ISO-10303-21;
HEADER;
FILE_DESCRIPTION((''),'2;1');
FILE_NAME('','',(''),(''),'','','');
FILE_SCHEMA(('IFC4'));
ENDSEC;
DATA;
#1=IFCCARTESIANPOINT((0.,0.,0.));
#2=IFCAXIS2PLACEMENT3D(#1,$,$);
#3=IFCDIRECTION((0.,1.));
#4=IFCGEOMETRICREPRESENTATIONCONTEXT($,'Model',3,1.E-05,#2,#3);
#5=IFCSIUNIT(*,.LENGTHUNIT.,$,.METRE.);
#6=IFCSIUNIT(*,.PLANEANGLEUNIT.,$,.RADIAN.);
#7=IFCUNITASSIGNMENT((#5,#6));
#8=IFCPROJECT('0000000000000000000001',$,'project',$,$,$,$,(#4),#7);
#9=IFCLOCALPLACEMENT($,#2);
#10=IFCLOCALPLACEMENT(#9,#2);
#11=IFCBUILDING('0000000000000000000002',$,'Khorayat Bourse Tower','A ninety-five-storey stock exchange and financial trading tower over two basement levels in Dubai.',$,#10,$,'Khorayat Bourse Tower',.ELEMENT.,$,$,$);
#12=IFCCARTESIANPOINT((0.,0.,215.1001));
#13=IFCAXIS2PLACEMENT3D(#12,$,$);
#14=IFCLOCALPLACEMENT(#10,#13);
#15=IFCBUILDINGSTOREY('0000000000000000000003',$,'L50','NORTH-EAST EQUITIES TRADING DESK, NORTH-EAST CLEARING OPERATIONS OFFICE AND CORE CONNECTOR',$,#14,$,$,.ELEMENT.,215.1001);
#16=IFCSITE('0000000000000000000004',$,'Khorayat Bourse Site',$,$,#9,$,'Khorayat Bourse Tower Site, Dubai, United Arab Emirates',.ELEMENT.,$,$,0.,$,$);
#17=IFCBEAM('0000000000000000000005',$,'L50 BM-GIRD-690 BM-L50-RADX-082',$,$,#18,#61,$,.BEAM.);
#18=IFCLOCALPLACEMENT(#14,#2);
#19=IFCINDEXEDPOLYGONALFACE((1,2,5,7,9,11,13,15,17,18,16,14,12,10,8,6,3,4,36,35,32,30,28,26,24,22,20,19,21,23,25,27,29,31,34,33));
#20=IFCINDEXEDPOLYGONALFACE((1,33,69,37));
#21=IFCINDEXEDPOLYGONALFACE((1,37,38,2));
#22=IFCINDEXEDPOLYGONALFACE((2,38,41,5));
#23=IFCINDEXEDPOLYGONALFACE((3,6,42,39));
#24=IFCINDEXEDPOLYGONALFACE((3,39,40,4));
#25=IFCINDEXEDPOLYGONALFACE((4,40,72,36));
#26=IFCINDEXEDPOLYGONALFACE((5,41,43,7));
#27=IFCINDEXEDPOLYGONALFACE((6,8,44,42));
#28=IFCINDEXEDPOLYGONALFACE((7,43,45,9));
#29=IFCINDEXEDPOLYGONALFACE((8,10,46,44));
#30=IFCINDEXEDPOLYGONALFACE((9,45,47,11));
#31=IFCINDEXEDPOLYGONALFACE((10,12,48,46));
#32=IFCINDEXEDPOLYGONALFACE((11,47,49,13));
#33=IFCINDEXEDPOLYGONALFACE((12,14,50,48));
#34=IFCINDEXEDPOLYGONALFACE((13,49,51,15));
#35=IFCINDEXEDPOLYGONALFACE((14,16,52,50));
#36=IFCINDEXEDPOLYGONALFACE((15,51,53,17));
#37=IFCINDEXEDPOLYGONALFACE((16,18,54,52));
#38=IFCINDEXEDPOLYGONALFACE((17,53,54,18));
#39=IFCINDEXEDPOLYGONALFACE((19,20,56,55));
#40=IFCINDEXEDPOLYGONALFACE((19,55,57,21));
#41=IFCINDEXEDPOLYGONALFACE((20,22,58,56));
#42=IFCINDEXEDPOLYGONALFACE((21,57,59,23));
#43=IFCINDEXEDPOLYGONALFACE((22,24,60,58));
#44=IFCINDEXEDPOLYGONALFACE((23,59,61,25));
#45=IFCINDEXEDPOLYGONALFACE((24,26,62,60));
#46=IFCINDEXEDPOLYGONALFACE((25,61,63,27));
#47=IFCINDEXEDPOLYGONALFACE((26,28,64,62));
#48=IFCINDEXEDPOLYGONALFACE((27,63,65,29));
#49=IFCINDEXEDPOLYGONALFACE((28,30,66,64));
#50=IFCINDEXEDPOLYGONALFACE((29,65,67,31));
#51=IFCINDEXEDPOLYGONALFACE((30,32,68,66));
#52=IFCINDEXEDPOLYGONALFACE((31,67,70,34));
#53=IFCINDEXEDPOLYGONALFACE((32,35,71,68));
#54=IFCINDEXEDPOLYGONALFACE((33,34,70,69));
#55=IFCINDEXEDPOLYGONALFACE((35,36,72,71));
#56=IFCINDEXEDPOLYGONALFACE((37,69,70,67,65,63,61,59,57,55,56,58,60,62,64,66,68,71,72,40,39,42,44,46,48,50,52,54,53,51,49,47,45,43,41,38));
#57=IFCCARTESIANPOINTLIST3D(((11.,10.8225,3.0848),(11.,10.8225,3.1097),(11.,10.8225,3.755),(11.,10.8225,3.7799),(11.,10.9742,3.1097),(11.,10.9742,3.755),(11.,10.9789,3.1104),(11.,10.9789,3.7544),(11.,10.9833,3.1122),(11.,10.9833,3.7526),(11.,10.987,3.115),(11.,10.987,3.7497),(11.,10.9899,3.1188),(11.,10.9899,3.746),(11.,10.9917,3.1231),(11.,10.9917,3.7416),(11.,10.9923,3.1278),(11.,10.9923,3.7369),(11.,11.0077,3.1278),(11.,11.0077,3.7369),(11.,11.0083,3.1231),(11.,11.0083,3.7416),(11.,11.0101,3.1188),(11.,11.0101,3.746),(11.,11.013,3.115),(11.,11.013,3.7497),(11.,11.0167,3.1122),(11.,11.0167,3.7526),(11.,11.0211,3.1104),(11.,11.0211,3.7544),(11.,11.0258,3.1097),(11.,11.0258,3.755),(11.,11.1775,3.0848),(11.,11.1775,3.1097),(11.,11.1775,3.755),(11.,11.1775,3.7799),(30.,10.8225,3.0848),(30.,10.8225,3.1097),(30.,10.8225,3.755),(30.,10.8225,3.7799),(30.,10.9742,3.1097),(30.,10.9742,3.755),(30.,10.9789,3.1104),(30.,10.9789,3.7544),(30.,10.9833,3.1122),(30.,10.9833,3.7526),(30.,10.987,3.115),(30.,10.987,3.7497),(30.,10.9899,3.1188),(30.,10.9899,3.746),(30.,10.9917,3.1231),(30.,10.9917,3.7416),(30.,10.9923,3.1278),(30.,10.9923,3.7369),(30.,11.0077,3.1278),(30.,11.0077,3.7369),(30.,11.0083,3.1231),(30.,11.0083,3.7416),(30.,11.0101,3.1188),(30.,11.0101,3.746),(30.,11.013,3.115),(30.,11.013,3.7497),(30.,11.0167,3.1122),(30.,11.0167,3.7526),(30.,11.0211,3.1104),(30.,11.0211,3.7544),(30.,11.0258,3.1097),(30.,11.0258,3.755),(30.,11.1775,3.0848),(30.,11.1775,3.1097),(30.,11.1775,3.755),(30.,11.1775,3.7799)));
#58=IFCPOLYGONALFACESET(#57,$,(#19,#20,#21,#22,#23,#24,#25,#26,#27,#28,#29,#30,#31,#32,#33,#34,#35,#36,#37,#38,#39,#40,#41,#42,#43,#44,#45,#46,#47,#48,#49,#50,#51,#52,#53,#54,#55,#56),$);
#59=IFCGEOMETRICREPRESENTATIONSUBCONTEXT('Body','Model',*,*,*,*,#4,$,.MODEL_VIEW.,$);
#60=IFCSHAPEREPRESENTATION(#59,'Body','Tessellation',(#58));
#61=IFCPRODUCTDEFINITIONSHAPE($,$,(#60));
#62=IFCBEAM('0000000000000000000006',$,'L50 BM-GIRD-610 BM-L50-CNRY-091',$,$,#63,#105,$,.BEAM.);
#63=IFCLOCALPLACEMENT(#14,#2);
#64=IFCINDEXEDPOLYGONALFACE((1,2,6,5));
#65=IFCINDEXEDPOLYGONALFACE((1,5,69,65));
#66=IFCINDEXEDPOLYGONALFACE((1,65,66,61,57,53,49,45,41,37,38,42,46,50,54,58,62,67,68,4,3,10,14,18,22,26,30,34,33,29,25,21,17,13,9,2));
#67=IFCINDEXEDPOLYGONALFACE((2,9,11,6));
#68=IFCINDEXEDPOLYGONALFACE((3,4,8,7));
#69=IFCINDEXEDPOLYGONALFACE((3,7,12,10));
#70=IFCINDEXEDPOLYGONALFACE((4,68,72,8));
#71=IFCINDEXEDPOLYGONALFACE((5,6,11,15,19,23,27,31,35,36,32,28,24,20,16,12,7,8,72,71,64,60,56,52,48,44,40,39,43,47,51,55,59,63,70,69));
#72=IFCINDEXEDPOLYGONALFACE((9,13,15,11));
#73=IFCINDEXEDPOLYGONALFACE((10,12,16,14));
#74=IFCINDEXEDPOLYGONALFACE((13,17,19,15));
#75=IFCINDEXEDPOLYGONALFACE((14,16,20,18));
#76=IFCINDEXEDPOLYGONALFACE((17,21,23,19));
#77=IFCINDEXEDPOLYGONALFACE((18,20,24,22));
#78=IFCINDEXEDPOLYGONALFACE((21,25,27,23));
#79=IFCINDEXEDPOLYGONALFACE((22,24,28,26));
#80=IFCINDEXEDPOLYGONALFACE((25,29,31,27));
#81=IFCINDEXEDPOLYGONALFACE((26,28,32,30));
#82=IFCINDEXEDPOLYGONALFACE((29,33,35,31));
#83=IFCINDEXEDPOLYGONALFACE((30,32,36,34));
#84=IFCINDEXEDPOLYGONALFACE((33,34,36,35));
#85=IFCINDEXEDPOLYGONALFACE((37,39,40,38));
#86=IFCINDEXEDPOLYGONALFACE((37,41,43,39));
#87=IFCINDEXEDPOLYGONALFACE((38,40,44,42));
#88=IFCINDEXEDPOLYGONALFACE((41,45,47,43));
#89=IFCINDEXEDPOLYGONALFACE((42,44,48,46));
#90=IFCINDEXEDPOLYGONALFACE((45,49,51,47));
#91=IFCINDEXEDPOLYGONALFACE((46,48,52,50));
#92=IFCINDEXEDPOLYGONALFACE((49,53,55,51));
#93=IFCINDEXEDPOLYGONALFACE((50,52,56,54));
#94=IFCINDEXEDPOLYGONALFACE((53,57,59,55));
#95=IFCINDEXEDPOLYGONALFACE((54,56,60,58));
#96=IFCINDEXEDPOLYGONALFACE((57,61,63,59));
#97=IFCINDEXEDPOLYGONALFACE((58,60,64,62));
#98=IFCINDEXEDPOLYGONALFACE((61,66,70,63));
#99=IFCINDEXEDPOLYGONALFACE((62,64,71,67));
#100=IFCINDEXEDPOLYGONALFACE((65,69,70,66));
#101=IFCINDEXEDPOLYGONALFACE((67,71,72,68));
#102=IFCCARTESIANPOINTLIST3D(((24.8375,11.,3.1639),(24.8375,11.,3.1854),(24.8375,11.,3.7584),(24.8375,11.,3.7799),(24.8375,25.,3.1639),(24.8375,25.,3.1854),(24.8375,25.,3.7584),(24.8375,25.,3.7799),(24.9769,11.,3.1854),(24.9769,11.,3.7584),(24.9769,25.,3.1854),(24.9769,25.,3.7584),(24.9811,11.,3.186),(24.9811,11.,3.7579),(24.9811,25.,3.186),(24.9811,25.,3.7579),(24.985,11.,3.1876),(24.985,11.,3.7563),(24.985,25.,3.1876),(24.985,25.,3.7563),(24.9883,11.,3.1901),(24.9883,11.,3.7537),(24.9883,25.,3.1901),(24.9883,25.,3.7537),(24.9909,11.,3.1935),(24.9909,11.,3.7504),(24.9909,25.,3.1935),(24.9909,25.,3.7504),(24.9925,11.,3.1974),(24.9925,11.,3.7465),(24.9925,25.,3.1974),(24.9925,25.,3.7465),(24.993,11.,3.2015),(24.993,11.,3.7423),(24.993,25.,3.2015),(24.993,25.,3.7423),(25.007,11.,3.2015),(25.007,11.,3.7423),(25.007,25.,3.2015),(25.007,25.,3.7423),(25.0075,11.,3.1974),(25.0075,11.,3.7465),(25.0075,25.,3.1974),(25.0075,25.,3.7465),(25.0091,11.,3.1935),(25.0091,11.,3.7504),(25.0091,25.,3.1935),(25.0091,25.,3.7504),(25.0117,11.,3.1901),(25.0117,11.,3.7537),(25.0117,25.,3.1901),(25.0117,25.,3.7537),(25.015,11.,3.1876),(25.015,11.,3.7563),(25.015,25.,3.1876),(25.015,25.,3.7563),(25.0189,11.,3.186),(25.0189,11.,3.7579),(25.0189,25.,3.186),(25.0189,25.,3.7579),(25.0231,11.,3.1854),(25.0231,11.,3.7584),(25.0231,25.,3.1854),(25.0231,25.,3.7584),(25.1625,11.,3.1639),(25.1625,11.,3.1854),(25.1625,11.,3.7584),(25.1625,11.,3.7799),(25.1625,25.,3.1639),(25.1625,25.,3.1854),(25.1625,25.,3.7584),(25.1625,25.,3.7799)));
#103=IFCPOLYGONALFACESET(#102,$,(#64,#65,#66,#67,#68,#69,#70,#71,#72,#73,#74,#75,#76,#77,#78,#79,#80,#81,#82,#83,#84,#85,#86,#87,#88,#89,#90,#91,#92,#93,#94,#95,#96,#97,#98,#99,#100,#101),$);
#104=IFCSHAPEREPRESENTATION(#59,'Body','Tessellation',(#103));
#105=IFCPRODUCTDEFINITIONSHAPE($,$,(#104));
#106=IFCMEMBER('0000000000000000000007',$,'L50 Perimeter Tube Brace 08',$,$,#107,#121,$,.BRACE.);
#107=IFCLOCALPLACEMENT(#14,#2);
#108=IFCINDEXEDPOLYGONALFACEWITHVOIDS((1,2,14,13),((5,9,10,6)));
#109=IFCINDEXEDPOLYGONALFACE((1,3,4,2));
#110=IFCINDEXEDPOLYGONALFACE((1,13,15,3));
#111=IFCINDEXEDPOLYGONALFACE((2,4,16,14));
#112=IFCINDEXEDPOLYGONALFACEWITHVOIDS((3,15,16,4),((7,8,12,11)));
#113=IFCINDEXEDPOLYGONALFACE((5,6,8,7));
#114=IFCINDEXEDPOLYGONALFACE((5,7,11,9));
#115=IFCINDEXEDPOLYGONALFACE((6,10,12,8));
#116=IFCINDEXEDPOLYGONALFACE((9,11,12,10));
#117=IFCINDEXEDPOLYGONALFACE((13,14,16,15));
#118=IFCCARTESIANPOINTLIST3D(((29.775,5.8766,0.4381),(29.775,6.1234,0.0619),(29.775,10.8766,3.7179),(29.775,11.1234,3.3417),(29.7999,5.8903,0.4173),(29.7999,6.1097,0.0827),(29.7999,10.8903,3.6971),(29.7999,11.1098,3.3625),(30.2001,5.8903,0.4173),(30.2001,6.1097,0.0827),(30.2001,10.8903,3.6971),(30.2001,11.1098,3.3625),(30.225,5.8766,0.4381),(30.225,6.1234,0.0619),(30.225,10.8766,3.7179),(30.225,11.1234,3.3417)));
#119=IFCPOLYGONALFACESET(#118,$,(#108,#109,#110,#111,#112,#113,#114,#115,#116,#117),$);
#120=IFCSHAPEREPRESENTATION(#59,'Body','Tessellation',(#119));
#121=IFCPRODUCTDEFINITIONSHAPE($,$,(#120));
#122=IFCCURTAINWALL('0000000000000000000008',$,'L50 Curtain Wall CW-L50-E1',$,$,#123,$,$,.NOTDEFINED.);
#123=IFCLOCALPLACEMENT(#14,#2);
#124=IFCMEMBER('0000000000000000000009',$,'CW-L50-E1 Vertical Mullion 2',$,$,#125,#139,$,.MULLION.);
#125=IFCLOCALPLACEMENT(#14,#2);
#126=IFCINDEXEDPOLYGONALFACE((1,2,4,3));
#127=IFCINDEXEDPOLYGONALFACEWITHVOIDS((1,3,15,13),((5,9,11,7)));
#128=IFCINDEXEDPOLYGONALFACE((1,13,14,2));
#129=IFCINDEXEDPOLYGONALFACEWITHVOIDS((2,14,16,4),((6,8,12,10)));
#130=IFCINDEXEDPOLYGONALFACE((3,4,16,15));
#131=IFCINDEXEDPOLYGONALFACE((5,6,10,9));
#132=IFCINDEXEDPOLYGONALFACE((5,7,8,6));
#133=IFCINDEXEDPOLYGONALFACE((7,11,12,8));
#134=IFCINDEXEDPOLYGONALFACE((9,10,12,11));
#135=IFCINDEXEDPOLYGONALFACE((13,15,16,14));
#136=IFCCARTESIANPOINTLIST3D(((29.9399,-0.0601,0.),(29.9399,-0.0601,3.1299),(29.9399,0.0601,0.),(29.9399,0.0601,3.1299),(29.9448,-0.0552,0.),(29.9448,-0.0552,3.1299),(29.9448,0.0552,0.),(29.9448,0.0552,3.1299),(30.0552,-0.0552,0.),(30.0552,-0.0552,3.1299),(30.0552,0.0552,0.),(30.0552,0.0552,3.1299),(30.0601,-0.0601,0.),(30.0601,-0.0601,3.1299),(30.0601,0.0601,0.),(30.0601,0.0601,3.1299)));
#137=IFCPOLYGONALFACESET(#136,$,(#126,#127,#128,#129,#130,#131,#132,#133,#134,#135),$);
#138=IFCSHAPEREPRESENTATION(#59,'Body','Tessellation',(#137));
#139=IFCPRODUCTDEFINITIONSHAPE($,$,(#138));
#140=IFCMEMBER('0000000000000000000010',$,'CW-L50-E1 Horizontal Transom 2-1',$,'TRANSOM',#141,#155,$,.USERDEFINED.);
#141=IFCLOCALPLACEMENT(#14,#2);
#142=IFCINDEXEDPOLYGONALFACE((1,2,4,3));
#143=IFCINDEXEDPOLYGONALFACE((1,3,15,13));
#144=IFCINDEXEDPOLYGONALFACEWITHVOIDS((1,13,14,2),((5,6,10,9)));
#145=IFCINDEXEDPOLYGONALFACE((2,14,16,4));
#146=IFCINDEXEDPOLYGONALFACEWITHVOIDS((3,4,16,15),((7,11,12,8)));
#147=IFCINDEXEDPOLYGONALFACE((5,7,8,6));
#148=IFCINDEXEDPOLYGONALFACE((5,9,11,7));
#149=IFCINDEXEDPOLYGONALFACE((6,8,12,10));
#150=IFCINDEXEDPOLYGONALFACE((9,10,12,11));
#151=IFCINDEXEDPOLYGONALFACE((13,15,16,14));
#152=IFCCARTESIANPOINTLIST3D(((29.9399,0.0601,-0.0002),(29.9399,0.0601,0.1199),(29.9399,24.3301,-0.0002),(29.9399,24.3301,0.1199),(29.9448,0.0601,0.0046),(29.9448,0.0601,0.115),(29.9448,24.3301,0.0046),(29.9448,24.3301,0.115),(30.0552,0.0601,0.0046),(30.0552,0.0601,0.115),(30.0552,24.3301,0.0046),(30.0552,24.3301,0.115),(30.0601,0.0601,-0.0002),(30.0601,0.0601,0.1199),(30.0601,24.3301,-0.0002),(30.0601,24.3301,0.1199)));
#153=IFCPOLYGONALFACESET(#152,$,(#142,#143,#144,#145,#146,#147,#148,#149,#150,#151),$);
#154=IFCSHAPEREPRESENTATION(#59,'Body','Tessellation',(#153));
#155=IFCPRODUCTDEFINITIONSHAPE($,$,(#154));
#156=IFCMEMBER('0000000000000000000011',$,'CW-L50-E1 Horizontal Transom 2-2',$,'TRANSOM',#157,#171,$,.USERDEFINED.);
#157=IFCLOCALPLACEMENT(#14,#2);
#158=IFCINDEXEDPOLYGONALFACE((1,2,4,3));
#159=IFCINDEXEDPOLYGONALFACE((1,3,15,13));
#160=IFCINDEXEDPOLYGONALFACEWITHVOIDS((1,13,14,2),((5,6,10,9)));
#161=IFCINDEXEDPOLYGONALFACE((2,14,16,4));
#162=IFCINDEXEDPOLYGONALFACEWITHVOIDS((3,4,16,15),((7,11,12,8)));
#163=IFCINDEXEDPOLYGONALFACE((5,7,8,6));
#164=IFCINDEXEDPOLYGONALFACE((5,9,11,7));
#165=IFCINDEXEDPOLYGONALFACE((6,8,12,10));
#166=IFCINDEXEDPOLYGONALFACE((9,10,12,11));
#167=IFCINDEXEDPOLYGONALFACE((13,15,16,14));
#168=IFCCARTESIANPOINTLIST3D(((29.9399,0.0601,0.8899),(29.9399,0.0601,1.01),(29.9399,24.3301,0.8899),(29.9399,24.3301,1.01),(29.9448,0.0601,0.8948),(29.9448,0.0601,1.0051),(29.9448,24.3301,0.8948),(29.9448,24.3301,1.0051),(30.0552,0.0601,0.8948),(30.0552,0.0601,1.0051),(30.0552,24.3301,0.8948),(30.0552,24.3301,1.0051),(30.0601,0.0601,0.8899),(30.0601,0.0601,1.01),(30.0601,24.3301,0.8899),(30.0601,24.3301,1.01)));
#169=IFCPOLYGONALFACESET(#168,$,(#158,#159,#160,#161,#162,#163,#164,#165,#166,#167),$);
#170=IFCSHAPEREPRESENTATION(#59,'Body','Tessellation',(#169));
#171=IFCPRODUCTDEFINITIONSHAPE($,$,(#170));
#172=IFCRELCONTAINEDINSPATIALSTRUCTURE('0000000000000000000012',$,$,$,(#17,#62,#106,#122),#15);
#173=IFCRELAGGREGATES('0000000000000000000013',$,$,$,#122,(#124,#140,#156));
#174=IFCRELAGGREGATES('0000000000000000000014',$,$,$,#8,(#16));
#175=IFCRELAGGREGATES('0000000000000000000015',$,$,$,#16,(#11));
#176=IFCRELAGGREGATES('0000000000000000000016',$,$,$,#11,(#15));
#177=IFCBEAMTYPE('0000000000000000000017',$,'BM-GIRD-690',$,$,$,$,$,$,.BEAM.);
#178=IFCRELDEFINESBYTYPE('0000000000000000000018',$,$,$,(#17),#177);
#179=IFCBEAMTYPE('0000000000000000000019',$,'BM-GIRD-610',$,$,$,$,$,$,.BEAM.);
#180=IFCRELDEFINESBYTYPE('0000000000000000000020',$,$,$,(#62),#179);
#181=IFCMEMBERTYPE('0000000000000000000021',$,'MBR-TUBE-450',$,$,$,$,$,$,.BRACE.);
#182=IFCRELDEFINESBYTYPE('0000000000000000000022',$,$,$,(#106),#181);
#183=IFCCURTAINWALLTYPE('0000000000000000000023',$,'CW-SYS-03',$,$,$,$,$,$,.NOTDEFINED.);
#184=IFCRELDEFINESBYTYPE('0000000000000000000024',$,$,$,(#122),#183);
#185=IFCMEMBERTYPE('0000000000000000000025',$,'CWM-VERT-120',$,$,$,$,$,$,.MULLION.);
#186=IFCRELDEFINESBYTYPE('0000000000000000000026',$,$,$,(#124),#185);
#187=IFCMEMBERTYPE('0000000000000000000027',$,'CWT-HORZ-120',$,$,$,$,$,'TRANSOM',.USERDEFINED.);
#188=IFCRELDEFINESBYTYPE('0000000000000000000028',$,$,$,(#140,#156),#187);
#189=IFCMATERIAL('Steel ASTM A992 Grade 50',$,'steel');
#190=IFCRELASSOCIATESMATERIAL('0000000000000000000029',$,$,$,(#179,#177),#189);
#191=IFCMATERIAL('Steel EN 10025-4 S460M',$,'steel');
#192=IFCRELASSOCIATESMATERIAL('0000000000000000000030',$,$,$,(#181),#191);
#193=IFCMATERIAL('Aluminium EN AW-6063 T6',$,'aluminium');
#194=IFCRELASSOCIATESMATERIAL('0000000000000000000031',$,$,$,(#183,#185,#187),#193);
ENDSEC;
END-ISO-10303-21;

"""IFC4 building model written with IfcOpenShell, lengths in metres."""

from ifc_helpers import new_model, si_unit, direction, frame, origin, origin_2d, place, context, subcontext, project, spatial, hollow_rectangle, i_section, extrude, source, transform, mapped, material, material_profile, profile_set, type_object, element, aggregate, save


model = new_model("IFC4")

# Units and contexts
model_context = context("Model", 3, precision=1e-05, world=origin(), true_north=direction((0.0, 1.0)))
body_context = subcontext(model_context, "Body", "Model", "MODEL_VIEW")
ifc_project = project(units=[si_unit("LENGTHUNIT", "METRE"), si_unit("PLANEANGLEUNIT", "RADIAN")], contexts=[model_context])

# Site, building, storey
site_placement = place(None, origin())
site = spatial("IfcSite", under=ifc_project, at=site_placement, Name="Khorayat Bourse Site", LongName="Khorayat Bourse Tower Site, Dubai, United Arab Emirates", CompositionType="ELEMENT", RefElevation=0.0)
building_placement = place(site_placement, origin())
building = spatial("IfcBuilding", under=site, at=building_placement, Name="Khorayat Bourse Tower", Description="A ninety-five-storey stock exchange and financial trading tower over two basement levels in Dubai.", LongName="Khorayat Bourse Tower", CompositionType="ELEMENT")
storey_placement = place(building_placement, frame((0.0, 0.0, 215.1001)))
storey = spatial("IfcBuildingStorey", under=building, at=storey_placement, Name="L50", Description="NORTH-EAST EQUITIES TRADING DESK, NORTH-EAST CLEARING OPERATIONS OFFICE AND CORE CONNECTOR", CompositionType="ELEMENT", Elevation=215.1001)

# Shared definitions
ifc_material_1 = material(Name="Steel EN 10025-4 S460M", Category="steel")

# Beams
ifc_material_2 = material(Name="Steel ASTM A992 Grade 50", Category="steel")
ifc_material_profile_1 = material_profile(ifc_material_2, i_section(OverallWidth=0.325, OverallDepth=0.616, WebThickness=0.0139, FlangeThickness=0.0215, FilletRadius=0.0161, at=origin_2d()), Name="W610X174")
ifc_profile_set_1 = profile_set([ifc_material_profile_1], Name="Steel ASTM A992 Grade 50")
beam_type_1 = type_object("IfcBeamType", Name="BM-GIRD-610", PredefinedType="BEAM", material=ifc_profile_set_1)
ifc_material_profile_2 = material_profile(ifc_material_2, i_section(OverallWidth=0.355, OverallDepth=0.6951, WebThickness=0.0154, FlangeThickness=0.0249, FilletRadius=0.0181, at=origin_2d()), Name="W690X217")
ifc_profile_set_2 = profile_set([ifc_material_profile_2], Name="Steel ASTM A992 Grade 50")
beam_type_2 = type_object("IfcBeamType", Name="BM-GIRD-690", PredefinedType="BEAM", material=ifc_profile_set_2)
shared_shape_1 = source(origin(), body_context, "Body", "SweptSolid", [
    extrude(i_section(OverallWidth=0.355, OverallDepth=0.6951, WebThickness=0.0154, FlangeThickness=0.0249, FilletRadius=0.0181, at=origin_2d()), origin(), (0.0, 0.0, 1.0), 19.0),
])
for number, where, z_axis, x_axis, name in (
    (1, (11.0, 11.0, 3.4324), (1.0, 0.0, 0.0), (0.0, 1.0, 0.0), "L50 BM-GIRD-690 BM-L50-RADX-082"),
):
    element("IfcBeam", number, at=place(storey_placement, frame(where, z_axis=z_axis, x_axis=x_axis)), inside=storey, type_object=beam_type_2, Name=name, PredefinedType="BEAM", context=body_context, shape_type="MappedRepresentation", body=[
        mapped(shared_shape_1, transform((0.0, 0.0, 0.0), scale=1.0)),
    ])
shared_shape_2 = source(origin(), body_context, "Body", "SweptSolid", [
    extrude(i_section(OverallWidth=0.325, OverallDepth=0.616, WebThickness=0.0139, FlangeThickness=0.0215, FilletRadius=0.0161, at=origin_2d()), origin(), (0.0, 0.0, 1.0), 14.0),
])
beam_1_placement = place(storey_placement, frame((25.0, 11.0, 3.4719), z_axis=(0.0, 1.0, 0.0), x_axis=(-1.0, 0.0, 0.0)))
element("IfcBeam", 2, at=beam_1_placement, inside=storey, type_object=beam_type_1, Name="L50 BM-GIRD-610 BM-L50-CNRY-091", PredefinedType="BEAM", context=body_context, shape_type="MappedRepresentation", body=[
    mapped(shared_shape_2, transform((0.0, 0.0, 0.0), scale=1.0)),
])

# Member
ifc_material_profile_3 = material_profile(ifc_material_1, hollow_rectangle(XDim=0.45, YDim=0.45, WallThickness=0.0249, at=origin_2d()), Name="HSS 450x450x25")
ifc_profile_set_3 = profile_set([ifc_material_profile_3], Name="Steel EN 10025-4 S460M")
member_type_1 = type_object("IfcMemberType", Name="MBR-TUBE-450", PredefinedType="BRACE", material=ifc_profile_set_3)
shared_shape_3 = source(origin(), body_context, "Body", "SweptSolid", [
    extrude(hollow_rectangle(XDim=0.45, YDim=0.45, WallThickness=0.0249, at=origin_2d()), origin(), (0.0, 0.0, 1.0), 5.9797),
])
member_1_placement = place(storey_placement, frame((30.0, 6.0, 0.25), z_axis=(0.0, 0.83616, 0.548485), x_axis=(-1.0, 0.0, 0.0)))
element("IfcMember", 3, at=member_1_placement, inside=storey, type_object=member_type_1, Name="L50 Perimeter Tube Brace 08", PredefinedType="BRACE", context=body_context, shape_type="MappedRepresentation", body=[
    mapped(shared_shape_3, transform((0.0, 0.0, 0.0), scale=1.0)),
])

# Curtain wall, members
ifc_material_3 = material(Name="Aluminium EN AW-6063 T6", Category="aluminium")
curtain_wall_type = type_object("IfcCurtainWallType", Name="CW-SYS-03", PredefinedType="NOTDEFINED", material=ifc_material_3)
curtain_wall_placement = place(storey_placement, origin())
curtain_wall = element("IfcCurtainWall", 4, at=curtain_wall_placement, inside=storey, type_object=curtain_wall_type, Name="L50 Curtain Wall CW-L50-E1", PredefinedType="NOTDEFINED")
ifc_material_profile_4 = material_profile(ifc_material_3, hollow_rectangle(XDim=0.1201, YDim=0.1201, WallThickness=0.0049, at=origin_2d()), Name="ALU 120x120x5")
ifc_profile_set_4 = profile_set([ifc_material_profile_4], Name="Aluminium EN AW-6063 T6")
member_type_2 = type_object("IfcMemberType", Name="CWM-VERT-120", PredefinedType="MULLION", material=ifc_profile_set_4)
shared_shape_4 = source(origin(), body_context, "Body", "SweptSolid", [
    extrude(hollow_rectangle(XDim=0.1201, YDim=0.1201, WallThickness=0.0049, at=origin_2d()), origin(), (0.0, 0.0, 1.0), 3.1299),
])
member_2_placement = place(storey_placement, frame((30.0, 0.0, 0.0), z_axis=(0.0, 0.0, 1.0), x_axis=(-1.0, 0.0, 0.0)))
member_2 = element("IfcMember", 5, at=member_2_placement, type_object=member_type_2, Name="CW-L50-E1 Vertical Mullion 2", PredefinedType="MULLION", context=body_context, shape_type="MappedRepresentation", body=[
    mapped(shared_shape_4, transform((0.0, 0.0, 0.0), scale=1.0)),
])
ifc_material_profile_5 = material_profile(ifc_material_3, hollow_rectangle(XDim=0.1201, YDim=0.1201, WallThickness=0.0049, at=origin_2d()), Name="ALU 120x120x5")
ifc_profile_set_5 = profile_set([ifc_material_profile_5], Name="Aluminium EN AW-6063 T6")
member_type_3 = type_object("IfcMemberType", Name="CWT-HORZ-120", ElementType="TRANSOM", PredefinedType="USERDEFINED", material=ifc_profile_set_5)
shared_shape_5 = source(origin(), body_context, "Body", "SweptSolid", [
    extrude(hollow_rectangle(XDim=0.1201, YDim=0.1201, WallThickness=0.0049, at=origin_2d()), origin(), (0.0, 0.0, 1.0), 24.27),
])
member_3_placement = place(storey_placement, frame((30.0, 0.0601, 0.0598), z_axis=(0.0, 1.0, 0.0), x_axis=(-1.0, 0.0, 0.0)))
member_3 = element("IfcMember", 6, at=member_3_placement, type_object=member_type_3, Name="CW-L50-E1 Horizontal Transom 2-1", ObjectType="TRANSOM", PredefinedType="USERDEFINED", context=body_context, shape_type="MappedRepresentation", body=[
    mapped(shared_shape_5, transform((0.0, 0.0, 0.0), scale=1.0)),
])
member_4_placement = place(storey_placement, frame((30.0, 0.0601, 0.95), z_axis=(0.0, 1.0, 0.0), x_axis=(-1.0, 0.0, 0.0)))
member_4 = element("IfcMember", 7, at=member_4_placement, type_object=member_type_3, Name="CW-L50-E1 Horizontal Transom 2-2", ObjectType="TRANSOM", PredefinedType="USERDEFINED", context=body_context, shape_type="MappedRepresentation", body=[
    mapped(shared_shape_5, transform((0.0, 0.0, 0.0), scale=1.0)),
])

aggregate(curtain_wall, [member_2, member_3, member_4])

save(model, "model.ifc")
